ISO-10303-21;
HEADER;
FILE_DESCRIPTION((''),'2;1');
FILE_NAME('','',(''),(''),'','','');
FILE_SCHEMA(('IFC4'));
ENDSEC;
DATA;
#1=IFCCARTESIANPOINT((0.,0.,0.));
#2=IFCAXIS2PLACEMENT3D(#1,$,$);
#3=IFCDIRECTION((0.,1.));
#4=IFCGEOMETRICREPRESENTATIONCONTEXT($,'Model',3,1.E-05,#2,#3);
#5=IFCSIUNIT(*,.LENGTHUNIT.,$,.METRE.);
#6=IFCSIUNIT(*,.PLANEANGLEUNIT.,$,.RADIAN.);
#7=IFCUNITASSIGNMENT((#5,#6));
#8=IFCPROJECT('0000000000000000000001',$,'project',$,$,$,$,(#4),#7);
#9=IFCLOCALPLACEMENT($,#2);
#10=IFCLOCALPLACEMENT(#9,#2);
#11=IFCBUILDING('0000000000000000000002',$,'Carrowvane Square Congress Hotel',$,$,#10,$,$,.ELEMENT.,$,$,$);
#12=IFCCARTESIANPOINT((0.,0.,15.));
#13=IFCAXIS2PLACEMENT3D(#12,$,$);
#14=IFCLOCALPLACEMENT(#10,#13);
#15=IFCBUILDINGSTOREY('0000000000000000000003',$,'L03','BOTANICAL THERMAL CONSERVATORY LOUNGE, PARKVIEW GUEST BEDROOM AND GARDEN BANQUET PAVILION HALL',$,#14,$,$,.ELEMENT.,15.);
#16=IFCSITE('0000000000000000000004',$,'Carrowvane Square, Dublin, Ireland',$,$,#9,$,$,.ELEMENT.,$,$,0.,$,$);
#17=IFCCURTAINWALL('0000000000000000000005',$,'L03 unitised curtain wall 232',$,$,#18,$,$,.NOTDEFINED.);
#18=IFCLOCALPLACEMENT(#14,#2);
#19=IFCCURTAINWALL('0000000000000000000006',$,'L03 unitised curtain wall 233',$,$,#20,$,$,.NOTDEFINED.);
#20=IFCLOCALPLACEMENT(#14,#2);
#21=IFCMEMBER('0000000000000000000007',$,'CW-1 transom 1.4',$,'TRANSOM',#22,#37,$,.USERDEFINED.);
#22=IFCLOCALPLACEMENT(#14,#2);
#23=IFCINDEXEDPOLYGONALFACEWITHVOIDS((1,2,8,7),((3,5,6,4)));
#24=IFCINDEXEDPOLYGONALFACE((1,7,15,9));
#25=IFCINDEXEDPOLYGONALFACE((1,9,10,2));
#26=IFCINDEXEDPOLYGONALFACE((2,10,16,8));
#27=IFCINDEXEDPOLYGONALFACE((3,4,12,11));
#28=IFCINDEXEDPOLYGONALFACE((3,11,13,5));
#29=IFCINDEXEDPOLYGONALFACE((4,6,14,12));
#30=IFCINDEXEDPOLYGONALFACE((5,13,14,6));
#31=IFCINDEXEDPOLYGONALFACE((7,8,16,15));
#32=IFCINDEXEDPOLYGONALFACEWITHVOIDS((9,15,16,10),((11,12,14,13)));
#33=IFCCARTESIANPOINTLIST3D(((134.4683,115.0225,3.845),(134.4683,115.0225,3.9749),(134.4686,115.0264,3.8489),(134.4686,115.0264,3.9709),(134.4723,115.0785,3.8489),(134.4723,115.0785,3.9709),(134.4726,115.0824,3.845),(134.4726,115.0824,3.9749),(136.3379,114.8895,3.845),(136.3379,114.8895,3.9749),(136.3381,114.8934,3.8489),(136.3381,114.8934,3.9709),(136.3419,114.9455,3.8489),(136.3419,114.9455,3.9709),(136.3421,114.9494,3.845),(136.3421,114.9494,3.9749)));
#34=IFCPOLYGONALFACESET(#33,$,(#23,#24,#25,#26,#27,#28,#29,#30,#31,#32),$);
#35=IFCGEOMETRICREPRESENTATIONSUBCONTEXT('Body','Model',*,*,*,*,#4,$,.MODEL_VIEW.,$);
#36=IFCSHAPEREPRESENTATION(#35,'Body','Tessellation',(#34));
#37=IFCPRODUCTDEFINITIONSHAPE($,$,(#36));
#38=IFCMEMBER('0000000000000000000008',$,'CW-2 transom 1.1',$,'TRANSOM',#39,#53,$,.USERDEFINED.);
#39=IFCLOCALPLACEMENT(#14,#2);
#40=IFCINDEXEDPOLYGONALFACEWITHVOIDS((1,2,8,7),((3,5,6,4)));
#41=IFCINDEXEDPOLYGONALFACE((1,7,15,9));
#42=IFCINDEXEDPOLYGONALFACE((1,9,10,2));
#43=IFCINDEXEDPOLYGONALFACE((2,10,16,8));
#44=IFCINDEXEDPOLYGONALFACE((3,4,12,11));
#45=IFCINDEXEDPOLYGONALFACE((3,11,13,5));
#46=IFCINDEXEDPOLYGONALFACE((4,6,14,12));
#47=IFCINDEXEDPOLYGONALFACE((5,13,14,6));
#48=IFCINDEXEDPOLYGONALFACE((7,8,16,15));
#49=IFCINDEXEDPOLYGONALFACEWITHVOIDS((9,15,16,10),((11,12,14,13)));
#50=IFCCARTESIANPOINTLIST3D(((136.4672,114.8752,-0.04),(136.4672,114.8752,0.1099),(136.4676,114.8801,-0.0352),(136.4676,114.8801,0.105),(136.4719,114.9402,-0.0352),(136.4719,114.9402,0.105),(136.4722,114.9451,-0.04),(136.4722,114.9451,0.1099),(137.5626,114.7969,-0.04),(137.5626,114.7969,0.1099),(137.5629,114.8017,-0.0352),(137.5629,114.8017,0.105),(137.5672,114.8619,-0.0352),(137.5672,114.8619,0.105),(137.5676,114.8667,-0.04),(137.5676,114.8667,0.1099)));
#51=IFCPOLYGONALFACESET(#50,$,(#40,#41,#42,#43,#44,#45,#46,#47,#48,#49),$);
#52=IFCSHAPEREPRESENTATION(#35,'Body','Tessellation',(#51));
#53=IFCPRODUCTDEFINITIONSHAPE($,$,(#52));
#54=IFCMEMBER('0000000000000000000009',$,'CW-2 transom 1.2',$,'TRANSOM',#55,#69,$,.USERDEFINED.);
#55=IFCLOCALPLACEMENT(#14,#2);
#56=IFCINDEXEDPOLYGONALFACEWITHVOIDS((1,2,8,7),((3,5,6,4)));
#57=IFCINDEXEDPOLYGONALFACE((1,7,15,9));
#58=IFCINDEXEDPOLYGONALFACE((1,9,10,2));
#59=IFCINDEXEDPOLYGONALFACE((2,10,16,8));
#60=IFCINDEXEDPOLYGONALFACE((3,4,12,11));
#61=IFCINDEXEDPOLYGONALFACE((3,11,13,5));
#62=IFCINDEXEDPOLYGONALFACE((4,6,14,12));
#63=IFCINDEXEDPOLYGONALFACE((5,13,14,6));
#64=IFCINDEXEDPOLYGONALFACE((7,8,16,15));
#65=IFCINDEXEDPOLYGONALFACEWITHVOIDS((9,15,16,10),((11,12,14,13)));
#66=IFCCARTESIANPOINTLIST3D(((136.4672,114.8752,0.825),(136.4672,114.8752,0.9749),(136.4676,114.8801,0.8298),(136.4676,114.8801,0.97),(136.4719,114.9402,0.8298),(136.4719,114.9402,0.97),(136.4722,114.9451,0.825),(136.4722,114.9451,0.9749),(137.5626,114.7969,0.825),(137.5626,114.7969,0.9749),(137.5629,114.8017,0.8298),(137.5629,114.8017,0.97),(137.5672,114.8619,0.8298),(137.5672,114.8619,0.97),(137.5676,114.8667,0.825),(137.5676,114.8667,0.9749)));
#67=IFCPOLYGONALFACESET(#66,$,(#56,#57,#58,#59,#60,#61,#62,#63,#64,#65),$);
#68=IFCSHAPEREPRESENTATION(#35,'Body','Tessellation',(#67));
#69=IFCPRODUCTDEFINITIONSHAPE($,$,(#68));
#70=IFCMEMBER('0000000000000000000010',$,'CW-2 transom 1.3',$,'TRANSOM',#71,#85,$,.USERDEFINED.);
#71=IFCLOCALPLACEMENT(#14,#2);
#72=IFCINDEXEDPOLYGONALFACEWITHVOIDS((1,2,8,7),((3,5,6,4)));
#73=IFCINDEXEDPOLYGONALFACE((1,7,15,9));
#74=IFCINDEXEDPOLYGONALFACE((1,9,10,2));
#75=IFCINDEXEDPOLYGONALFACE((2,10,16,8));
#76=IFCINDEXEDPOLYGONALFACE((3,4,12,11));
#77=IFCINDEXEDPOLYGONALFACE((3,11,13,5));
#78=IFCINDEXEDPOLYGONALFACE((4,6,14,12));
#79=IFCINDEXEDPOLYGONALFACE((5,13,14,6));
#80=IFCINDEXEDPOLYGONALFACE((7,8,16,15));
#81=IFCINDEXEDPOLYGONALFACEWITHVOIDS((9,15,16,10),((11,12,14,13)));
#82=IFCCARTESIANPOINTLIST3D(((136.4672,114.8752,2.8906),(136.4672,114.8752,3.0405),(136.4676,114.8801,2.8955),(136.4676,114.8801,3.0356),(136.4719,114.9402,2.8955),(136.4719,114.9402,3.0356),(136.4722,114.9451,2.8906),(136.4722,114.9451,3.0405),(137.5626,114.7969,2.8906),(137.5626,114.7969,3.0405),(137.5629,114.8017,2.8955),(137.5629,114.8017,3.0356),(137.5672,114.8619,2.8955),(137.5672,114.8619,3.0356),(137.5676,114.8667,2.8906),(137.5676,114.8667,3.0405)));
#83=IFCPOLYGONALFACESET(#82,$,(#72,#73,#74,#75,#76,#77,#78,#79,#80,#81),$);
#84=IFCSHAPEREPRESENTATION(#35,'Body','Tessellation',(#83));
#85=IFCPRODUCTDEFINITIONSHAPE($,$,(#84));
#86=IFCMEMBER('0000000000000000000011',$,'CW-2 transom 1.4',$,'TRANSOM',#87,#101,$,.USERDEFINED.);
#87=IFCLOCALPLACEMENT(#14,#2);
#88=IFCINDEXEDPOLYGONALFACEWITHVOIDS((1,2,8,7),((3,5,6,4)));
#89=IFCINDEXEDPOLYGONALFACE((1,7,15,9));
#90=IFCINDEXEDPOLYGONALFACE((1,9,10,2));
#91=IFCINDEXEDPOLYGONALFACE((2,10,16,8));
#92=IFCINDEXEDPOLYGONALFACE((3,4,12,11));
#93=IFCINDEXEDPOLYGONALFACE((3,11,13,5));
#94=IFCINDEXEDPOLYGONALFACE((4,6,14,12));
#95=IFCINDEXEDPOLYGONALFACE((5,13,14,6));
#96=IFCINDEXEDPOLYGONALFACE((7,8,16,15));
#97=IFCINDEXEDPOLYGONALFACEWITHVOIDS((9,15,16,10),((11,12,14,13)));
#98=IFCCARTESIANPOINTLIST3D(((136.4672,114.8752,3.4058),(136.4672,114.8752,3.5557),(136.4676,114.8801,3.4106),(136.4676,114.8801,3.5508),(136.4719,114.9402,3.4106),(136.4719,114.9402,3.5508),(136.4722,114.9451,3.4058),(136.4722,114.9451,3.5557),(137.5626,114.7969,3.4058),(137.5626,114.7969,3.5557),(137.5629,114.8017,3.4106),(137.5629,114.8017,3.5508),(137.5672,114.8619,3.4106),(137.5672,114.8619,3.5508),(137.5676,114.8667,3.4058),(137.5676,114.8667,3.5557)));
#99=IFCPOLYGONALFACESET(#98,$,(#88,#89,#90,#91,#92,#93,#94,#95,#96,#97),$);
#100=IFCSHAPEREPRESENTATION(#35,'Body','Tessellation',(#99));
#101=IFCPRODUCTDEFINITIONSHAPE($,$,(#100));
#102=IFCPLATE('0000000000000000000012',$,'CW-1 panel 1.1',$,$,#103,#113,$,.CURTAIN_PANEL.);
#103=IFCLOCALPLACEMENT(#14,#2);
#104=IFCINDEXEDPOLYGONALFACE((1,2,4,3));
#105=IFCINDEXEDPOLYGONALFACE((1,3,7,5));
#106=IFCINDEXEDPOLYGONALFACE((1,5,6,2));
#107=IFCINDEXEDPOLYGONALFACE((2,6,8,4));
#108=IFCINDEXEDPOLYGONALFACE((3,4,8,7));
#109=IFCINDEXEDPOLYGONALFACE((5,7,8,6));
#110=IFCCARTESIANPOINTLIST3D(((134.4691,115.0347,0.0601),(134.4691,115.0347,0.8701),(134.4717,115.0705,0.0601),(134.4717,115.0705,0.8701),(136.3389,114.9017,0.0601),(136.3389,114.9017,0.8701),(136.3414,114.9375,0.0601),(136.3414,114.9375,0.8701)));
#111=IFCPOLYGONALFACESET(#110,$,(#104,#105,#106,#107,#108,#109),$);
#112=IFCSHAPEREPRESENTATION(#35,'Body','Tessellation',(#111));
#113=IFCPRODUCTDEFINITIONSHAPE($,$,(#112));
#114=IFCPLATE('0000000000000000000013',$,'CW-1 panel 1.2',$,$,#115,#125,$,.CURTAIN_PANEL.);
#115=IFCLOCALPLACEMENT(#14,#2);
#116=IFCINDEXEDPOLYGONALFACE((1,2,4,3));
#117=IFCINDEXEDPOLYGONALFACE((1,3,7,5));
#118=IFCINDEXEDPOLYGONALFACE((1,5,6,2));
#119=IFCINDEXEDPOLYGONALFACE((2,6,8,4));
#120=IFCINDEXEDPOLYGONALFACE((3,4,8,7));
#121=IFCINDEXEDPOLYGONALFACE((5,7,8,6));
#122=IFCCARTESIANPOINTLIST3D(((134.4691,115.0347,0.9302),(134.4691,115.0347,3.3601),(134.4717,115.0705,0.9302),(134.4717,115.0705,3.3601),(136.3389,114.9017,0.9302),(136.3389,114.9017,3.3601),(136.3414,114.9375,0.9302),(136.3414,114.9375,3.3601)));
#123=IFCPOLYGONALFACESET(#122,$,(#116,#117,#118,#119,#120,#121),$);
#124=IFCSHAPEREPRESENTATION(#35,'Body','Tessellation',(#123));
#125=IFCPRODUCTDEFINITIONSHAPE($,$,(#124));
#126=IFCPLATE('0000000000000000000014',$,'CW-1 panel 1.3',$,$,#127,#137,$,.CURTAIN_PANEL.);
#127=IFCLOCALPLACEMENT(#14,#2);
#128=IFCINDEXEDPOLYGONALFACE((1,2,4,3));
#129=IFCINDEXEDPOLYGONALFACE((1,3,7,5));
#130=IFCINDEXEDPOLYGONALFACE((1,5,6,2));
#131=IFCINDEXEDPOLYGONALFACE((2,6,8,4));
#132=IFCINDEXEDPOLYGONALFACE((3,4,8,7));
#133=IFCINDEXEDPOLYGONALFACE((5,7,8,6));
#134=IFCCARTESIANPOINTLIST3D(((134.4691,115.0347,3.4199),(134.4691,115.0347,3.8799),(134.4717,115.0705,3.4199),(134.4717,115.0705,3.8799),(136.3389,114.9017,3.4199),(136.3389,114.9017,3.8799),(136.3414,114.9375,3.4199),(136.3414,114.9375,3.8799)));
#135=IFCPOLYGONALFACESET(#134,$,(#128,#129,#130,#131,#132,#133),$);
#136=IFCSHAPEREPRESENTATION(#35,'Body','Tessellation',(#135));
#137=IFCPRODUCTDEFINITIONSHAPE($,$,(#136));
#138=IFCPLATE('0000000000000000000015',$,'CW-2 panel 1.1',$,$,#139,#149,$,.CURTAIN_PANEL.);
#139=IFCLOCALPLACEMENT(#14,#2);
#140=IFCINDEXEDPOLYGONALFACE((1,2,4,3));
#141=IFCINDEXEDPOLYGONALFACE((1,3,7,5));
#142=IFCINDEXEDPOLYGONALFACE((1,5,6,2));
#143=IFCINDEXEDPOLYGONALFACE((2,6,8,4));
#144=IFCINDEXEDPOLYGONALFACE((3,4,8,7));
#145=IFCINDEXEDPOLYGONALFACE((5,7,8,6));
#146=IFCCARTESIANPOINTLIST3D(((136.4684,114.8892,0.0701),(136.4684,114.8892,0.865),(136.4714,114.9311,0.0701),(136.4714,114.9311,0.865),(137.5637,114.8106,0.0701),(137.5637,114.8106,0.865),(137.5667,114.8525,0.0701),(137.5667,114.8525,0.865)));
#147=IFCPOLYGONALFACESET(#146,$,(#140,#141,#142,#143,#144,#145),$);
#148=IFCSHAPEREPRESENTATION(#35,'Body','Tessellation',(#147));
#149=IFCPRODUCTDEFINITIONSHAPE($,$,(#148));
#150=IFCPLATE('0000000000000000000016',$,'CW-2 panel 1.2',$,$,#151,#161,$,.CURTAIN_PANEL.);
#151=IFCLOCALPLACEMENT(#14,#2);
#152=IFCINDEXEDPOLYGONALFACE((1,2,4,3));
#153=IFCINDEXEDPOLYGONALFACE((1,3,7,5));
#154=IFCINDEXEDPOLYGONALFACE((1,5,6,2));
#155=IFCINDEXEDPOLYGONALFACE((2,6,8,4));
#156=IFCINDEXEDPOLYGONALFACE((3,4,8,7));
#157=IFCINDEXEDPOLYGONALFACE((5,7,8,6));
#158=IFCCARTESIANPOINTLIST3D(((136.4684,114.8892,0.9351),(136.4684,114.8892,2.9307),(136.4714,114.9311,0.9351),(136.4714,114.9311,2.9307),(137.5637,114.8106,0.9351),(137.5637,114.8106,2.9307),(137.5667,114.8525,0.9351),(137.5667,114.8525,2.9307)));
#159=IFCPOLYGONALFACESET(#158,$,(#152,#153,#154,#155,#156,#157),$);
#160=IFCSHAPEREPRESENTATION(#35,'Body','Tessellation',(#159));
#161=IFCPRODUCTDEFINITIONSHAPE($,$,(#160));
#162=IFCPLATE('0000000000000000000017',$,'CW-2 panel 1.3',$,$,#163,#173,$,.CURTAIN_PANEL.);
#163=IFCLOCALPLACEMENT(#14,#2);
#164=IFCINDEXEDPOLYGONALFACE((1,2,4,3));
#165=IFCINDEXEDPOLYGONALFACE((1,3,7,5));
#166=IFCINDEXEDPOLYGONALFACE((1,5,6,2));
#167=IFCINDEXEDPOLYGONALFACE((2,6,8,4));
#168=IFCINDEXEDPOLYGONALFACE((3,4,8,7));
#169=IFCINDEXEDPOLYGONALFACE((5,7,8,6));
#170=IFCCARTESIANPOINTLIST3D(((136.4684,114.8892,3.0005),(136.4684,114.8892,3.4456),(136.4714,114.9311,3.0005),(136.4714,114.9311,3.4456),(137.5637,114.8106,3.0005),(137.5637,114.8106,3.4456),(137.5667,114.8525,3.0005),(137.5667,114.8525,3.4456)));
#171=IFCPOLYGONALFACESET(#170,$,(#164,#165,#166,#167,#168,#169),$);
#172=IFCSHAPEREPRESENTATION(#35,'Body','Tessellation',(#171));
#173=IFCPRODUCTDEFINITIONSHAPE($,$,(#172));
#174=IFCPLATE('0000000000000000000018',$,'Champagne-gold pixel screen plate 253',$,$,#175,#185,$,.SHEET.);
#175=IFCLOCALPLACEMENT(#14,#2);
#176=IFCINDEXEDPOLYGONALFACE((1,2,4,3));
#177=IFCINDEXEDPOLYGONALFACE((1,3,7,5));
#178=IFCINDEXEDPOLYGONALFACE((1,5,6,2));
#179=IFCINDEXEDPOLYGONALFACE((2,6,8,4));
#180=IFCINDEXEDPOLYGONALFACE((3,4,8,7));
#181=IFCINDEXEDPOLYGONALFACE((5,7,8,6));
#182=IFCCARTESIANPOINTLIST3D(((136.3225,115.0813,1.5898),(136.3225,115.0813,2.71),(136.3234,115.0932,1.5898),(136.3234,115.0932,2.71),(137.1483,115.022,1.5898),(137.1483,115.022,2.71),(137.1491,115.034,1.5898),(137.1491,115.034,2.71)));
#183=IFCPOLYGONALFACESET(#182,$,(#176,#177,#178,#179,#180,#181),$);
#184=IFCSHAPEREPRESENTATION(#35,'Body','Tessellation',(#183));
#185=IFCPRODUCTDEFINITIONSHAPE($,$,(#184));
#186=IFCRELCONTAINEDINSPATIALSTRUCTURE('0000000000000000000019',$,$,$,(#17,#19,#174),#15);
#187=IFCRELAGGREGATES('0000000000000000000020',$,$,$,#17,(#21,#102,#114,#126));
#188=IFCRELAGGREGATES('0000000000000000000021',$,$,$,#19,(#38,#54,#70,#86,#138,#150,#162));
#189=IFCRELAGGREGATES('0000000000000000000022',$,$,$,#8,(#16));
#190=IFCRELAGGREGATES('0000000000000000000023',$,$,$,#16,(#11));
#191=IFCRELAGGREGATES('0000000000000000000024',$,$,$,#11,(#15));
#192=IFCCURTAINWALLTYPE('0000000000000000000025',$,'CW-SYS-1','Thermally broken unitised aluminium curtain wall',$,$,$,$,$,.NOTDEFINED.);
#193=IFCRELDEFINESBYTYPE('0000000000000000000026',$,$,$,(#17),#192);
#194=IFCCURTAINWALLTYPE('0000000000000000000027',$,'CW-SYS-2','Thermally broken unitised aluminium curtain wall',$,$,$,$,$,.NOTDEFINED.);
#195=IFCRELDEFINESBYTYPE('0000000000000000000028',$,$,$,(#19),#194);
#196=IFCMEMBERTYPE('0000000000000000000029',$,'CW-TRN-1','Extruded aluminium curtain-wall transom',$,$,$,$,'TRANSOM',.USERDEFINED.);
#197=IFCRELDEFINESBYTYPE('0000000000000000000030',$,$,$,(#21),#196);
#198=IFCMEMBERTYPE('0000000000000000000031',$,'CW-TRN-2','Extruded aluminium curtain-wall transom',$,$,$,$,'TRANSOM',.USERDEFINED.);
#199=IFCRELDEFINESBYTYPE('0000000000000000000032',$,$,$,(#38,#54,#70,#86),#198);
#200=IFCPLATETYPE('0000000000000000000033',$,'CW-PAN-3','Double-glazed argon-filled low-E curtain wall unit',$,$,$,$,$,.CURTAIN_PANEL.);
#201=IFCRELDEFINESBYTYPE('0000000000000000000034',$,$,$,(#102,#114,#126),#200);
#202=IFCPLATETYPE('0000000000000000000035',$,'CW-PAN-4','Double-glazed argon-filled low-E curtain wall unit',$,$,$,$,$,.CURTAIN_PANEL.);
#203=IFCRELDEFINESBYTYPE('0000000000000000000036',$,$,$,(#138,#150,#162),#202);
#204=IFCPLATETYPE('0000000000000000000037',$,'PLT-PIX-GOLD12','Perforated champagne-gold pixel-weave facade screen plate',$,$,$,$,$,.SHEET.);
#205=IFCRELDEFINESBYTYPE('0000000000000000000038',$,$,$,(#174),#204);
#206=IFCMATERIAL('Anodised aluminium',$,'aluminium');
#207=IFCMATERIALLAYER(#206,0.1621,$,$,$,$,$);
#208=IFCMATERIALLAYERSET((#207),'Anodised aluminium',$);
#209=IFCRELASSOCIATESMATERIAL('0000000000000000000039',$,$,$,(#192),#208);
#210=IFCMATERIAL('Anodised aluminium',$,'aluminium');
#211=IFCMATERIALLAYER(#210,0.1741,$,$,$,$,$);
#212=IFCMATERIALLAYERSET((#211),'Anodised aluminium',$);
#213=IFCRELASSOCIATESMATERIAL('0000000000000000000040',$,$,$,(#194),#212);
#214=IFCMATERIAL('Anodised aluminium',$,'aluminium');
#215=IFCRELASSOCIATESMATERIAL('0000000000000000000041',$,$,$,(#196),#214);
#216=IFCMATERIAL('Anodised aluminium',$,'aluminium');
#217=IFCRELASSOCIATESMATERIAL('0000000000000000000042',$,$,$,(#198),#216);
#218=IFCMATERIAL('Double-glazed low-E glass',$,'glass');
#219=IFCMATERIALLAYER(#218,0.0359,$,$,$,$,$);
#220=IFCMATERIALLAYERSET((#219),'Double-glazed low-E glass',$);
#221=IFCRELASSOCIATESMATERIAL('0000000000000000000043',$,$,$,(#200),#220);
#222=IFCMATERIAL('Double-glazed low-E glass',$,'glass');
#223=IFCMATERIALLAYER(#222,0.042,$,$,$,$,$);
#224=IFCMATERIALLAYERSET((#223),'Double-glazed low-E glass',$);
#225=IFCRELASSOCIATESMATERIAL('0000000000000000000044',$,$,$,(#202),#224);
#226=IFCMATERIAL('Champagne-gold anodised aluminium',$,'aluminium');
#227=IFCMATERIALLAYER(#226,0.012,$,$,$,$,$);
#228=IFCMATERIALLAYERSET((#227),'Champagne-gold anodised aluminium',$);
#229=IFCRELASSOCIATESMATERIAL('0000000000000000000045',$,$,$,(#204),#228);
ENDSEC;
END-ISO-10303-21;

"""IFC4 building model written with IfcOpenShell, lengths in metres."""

from ifc_helpers import new_model, si_unit, direction, frame, origin, origin_2d, place, context, subcontext, project, spatial, rectangle, hollow_rectangle, extrude, material, layer, layer_set, material_profile, profile_set, type_object, element, aggregate, save


model = new_model("IFC4")

# Units and contexts
model_context = context("Model", 3, precision=1e-05, world=origin(), true_north=direction((0.0, 1.0)))
body_context = subcontext(model_context, "Body", "Model", "MODEL_VIEW")
ifc_project = project(units=[si_unit("LENGTHUNIT", "METRE"), si_unit("PLANEANGLEUNIT", "RADIAN")], contexts=[model_context])

# Site, building, storey
site_placement = place(None, origin())
site = spatial("IfcSite", under=ifc_project, at=site_placement, Name="Carrowvane Square, Dublin, Ireland", CompositionType="ELEMENT", RefElevation=0.0)
building_placement = place(site_placement, origin())
building = spatial("IfcBuilding", under=site, at=building_placement, Name="Carrowvane Square Congress Hotel", CompositionType="ELEMENT")
storey_placement = place(building_placement, frame((0.0, 0.0, 15.0)))
storey = spatial("IfcBuildingStorey", under=building, at=storey_placement, Name="L03", Description="BOTANICAL THERMAL CONSERVATORY LOUNGE, PARKVIEW GUEST BEDROOM AND GARDEN BANQUET PAVILION HALL", CompositionType="ELEMENT", Elevation=15.0)

# Curtain walls
ifc_material_1 = material(Name="Anodised aluminium", Category="aluminium")
ifc_layer_1 = layer(ifc_material_1, 0.1621)
ifc_layer_set_1 = layer_set([ifc_layer_1], Name="Anodised aluminium")
curtain_wall_type_1 = type_object("IfcCurtainWallType", Name="CW-SYS-1", Description="Thermally broken unitised aluminium curtain wall", PredefinedType="NOTDEFINED", material=ifc_layer_set_1)
curtain_wall_1_placement = place(storey_placement, origin())
curtain_wall_1 = element("IfcCurtainWall", 1, at=curtain_wall_1_placement, inside=storey, type_object=curtain_wall_type_1, Name="L03 unitised curtain wall 232", PredefinedType="NOTDEFINED")
ifc_material_2 = material(Name="Anodised aluminium", Category="aluminium")
ifc_layer_2 = layer(ifc_material_2, 0.1741)
ifc_layer_set_2 = layer_set([ifc_layer_2], Name="Anodised aluminium")
curtain_wall_type_2 = type_object("IfcCurtainWallType", Name="CW-SYS-2", Description="Thermally broken unitised aluminium curtain wall", PredefinedType="NOTDEFINED", material=ifc_layer_set_2)
curtain_wall_2_placement = place(storey_placement, origin())
curtain_wall_2 = element("IfcCurtainWall", 2, at=curtain_wall_2_placement, inside=storey, type_object=curtain_wall_type_2, Name="L03 unitised curtain wall 233", PredefinedType="NOTDEFINED")

# Members
ifc_material_3 = material(Name="Anodised aluminium", Category="aluminium")
ifc_material_profile_1 = material_profile(ifc_material_3, hollow_rectangle(XDim=0.0601, YDim=0.1299, WallThickness=0.0039, at=origin_2d()), Name="CW-TR 60x130x4")
ifc_profile_set_1 = profile_set([ifc_material_profile_1], Name="Anodised aluminium")
member_type_1 = type_object("IfcMemberType", Name="CW-TRN-1", Description="Extruded aluminium curtain-wall transom", ElementType="TRANSOM", PredefinedType="USERDEFINED", material=ifc_profile_set_1)
member_1_placement = place(storey_placement, frame((134.4705, 115.0525, 3.9099), z_axis=(0.997477, -0.070988, 0.0), x_axis=(0.070988, 0.997477, 0.0)))
member_1 = element("IfcMember", 3, at=member_1_placement, type_object=member_type_1, Name="CW-1 transom 1.4", ObjectType="TRANSOM", PredefinedType="USERDEFINED", context=body_context, shape_type="SweptSolid", body=[
    extrude(hollow_rectangle(XDim=0.0601, YDim=0.1299, WallThickness=0.0039, at=origin_2d()), origin(), (0.0, 0.0, 1.0), 1.8743),
])
ifc_material_4 = material(Name="Anodised aluminium", Category="aluminium")
ifc_material_profile_2 = material_profile(ifc_material_4, hollow_rectangle(XDim=0.0701, YDim=0.1499, WallThickness=0.0049, at=origin_2d()), Name="CW-TR 70x150x5")
ifc_profile_set_2 = profile_set([ifc_material_profile_2], Name="Anodised aluminium")
member_type_2 = type_object("IfcMemberType", Name="CW-TRN-2", Description="Extruded aluminium curtain-wall transom", ElementType="TRANSOM", PredefinedType="USERDEFINED", material=ifc_profile_set_2)
member_2_placement = place(storey_placement, frame((136.4697, 114.9102, 0.0349), z_axis=(0.997451, -0.071358, 0.0), x_axis=(0.071358, 0.997451, 0.0)))
member_2 = element("IfcMember", 4, at=member_2_placement, type_object=member_type_2, Name="CW-2 transom 1.1", ObjectType="TRANSOM", PredefinedType="USERDEFINED", context=body_context, shape_type="SweptSolid", body=[
    extrude(hollow_rectangle(XDim=0.0701, YDim=0.1499, WallThickness=0.0049, at=origin_2d()), origin(), (0.0, 0.0, 1.0), 1.0981),
])
member_3_placement = place(storey_placement, frame((136.4697, 114.9102, 0.8999), z_axis=(0.997451, -0.071358, 0.0), x_axis=(0.071358, 0.997451, 0.0)))
member_3 = element("IfcMember", 5, at=member_3_placement, type_object=member_type_2, Name="CW-2 transom 1.2", ObjectType="TRANSOM", PredefinedType="USERDEFINED", context=body_context, shape_type="SweptSolid", body=[
    extrude(hollow_rectangle(XDim=0.0701, YDim=0.1499, WallThickness=0.0049, at=origin_2d()), origin(), (0.0, 0.0, 1.0), 1.0981),
])
member_4_placement = place(storey_placement, frame((136.4697, 114.9102, 2.9656), z_axis=(0.997451, -0.071358, 0.0), x_axis=(0.071358, 0.997451, 0.0)))
member_4 = element("IfcMember", 6, at=member_4_placement, type_object=member_type_2, Name="CW-2 transom 1.3", ObjectType="TRANSOM", PredefinedType="USERDEFINED", context=body_context, shape_type="SweptSolid", body=[
    extrude(hollow_rectangle(XDim=0.0701, YDim=0.1499, WallThickness=0.0049, at=origin_2d()), origin(), (0.0, 0.0, 1.0), 1.0981),
])
member_5_placement = place(storey_placement, frame((136.4697, 114.9102, 3.4807), z_axis=(0.997451, -0.071358, 0.0), x_axis=(0.071358, 0.997451, 0.0)))
member_5 = element("IfcMember", 7, at=member_5_placement, type_object=member_type_2, Name="CW-2 transom 1.4", ObjectType="TRANSOM", PredefinedType="USERDEFINED", context=body_context, shape_type="SweptSolid", body=[
    extrude(hollow_rectangle(XDim=0.0701, YDim=0.1499, WallThickness=0.0049, at=origin_2d()), origin(), (0.0, 0.0, 1.0), 1.0981),
])

# Plates
ifc_material_5 = material(Name="Double-glazed low-E glass", Category="glass")
ifc_layer_3 = layer(ifc_material_5, 0.0359)
ifc_layer_set_3 = layer_set([ifc_layer_3], Name="Double-glazed low-E glass")
plate_type_1 = type_object("IfcPlateType", Name="CW-PAN-3", Description="Double-glazed argon-filled low-E curtain wall unit", PredefinedType="CURTAIN_PANEL", material=ifc_layer_set_3)
plate_1_placement = place(storey_placement, frame((135.4053, 114.9861, 0.0601), z_axis=(0.0, 0.0, 1.0), x_axis=(0.997479, -0.07096, 0.0)))
plate_1 = element("IfcPlate", 8, at=plate_1_placement, type_object=plate_type_1, Name="CW-1 panel 1.1", PredefinedType="CURTAIN_PANEL", context=body_context, shape_type="SweptSolid", body=[
    extrude(rectangle(XDim=1.8745, YDim=0.0359, at=origin_2d()), origin(), (0.0, 0.0, 1.0), 0.8101),
])
plate_2_placement = place(storey_placement, frame((135.4053, 114.9861, 0.9302), z_axis=(0.0, 0.0, 1.0), x_axis=(0.997479, -0.07096, 0.0)))
plate_2 = element("IfcPlate", 9, at=plate_2_placement, type_object=plate_type_1, Name="CW-1 panel 1.2", PredefinedType="CURTAIN_PANEL", context=body_context, shape_type="SweptSolid", body=[
    extrude(rectangle(XDim=1.8745, YDim=0.0359, at=origin_2d()), origin(), (0.0, 0.0, 1.0), 2.4299),
])
plate_3_placement = place(storey_placement, frame((135.4053, 114.9861, 3.4199), z_axis=(0.0, 0.0, 1.0), x_axis=(0.997479, -0.07096, 0.0)))
plate_3 = element("IfcPlate", 10, at=plate_3_placement, type_object=plate_type_1, Name="CW-1 panel 1.3", PredefinedType="CURTAIN_PANEL", context=body_context, shape_type="SweptSolid", body=[
    extrude(rectangle(XDim=1.8745, YDim=0.0359, at=origin_2d()), origin(), (0.0, 0.0, 1.0), 0.46),
])
aggregate(curtain_wall_1, [member_1, plate_1, plate_2, plate_3])
ifc_material_6 = material(Name="Double-glazed low-E glass", Category="glass")
ifc_layer_4 = layer(ifc_material_6, 0.042)
ifc_layer_set_4 = layer_set([ifc_layer_4], Name="Double-glazed low-E glass")
plate_type_2 = type_object("IfcPlateType", Name="CW-PAN-4", Description="Double-glazed argon-filled low-E curtain wall unit", PredefinedType="CURTAIN_PANEL", material=ifc_layer_set_4)
plate_4_placement = place(storey_placement, frame((137.0176, 114.8708, 0.0701), z_axis=(0.0, 0.0, 1.0), x_axis=(0.997438, -0.071532, 0.0)))
plate_4 = element("IfcPlate", 11, at=plate_4_placement, type_object=plate_type_2, Name="CW-2 panel 1.1", PredefinedType="CURTAIN_PANEL", context=body_context, shape_type="SweptSolid", body=[
    extrude(rectangle(XDim=1.0981, YDim=0.042, at=origin_2d()), origin(), (0.0, 0.0, 1.0), 0.7949),
])
plate_5_placement = place(storey_placement, frame((137.0176, 114.8708, 0.9351), z_axis=(0.0, 0.0, 1.0), x_axis=(0.997438, -0.071532, 0.0)))
plate_5 = element("IfcPlate", 12, at=plate_5_placement, type_object=plate_type_2, Name="CW-2 panel 1.2", PredefinedType="CURTAIN_PANEL", context=body_context, shape_type="SweptSolid", body=[
    extrude(rectangle(XDim=1.0981, YDim=0.042, at=origin_2d()), origin(), (0.0, 0.0, 1.0), 1.9956),
])
plate_6_placement = place(storey_placement, frame((137.0176, 114.8708, 3.0005), z_axis=(0.0, 0.0, 1.0), x_axis=(0.997438, -0.071532, 0.0)))
plate_6 = element("IfcPlate", 13, at=plate_6_placement, type_object=plate_type_2, Name="CW-2 panel 1.3", PredefinedType="CURTAIN_PANEL", context=body_context, shape_type="SweptSolid", body=[
    extrude(rectangle(XDim=1.0981, YDim=0.042, at=origin_2d()), origin(), (0.0, 0.0, 1.0), 0.4451),
])
aggregate(curtain_wall_2, [member_2, member_3, member_4, member_5, plate_4, plate_5, plate_6])
ifc_material_7 = material(Name="Champagne-gold anodised aluminium", Category="aluminium")
ifc_layer_5 = layer(ifc_material_7, 0.012)
ifc_layer_set_5 = layer_set([ifc_layer_5], Name="Champagne-gold anodised aluminium")
plate_type_3 = type_object("IfcPlateType", Name="PLT-PIX-GOLD12", Description="Perforated champagne-gold pixel-weave facade screen plate", PredefinedType="SHEET", material=ifc_layer_set_5)
plate_7_placement = place(storey_placement, frame((136.7358, 115.0576, 1.5898), z_axis=(0.0, 0.0, 1.0), x_axis=(0.997438, -0.071533, 0.0)))
element("IfcPlate", 14, at=plate_7_placement, inside=storey, type_object=plate_type_3, Name="Champagne-gold pixel screen plate 253", PredefinedType="SHEET", context=body_context, shape_type="SweptSolid", body=[
    extrude(rectangle(XDim=0.8279, YDim=0.012, at=origin_2d()), origin(), (0.0, 0.0, 1.0), 1.1201),
])

save(model, "model.ifc")
